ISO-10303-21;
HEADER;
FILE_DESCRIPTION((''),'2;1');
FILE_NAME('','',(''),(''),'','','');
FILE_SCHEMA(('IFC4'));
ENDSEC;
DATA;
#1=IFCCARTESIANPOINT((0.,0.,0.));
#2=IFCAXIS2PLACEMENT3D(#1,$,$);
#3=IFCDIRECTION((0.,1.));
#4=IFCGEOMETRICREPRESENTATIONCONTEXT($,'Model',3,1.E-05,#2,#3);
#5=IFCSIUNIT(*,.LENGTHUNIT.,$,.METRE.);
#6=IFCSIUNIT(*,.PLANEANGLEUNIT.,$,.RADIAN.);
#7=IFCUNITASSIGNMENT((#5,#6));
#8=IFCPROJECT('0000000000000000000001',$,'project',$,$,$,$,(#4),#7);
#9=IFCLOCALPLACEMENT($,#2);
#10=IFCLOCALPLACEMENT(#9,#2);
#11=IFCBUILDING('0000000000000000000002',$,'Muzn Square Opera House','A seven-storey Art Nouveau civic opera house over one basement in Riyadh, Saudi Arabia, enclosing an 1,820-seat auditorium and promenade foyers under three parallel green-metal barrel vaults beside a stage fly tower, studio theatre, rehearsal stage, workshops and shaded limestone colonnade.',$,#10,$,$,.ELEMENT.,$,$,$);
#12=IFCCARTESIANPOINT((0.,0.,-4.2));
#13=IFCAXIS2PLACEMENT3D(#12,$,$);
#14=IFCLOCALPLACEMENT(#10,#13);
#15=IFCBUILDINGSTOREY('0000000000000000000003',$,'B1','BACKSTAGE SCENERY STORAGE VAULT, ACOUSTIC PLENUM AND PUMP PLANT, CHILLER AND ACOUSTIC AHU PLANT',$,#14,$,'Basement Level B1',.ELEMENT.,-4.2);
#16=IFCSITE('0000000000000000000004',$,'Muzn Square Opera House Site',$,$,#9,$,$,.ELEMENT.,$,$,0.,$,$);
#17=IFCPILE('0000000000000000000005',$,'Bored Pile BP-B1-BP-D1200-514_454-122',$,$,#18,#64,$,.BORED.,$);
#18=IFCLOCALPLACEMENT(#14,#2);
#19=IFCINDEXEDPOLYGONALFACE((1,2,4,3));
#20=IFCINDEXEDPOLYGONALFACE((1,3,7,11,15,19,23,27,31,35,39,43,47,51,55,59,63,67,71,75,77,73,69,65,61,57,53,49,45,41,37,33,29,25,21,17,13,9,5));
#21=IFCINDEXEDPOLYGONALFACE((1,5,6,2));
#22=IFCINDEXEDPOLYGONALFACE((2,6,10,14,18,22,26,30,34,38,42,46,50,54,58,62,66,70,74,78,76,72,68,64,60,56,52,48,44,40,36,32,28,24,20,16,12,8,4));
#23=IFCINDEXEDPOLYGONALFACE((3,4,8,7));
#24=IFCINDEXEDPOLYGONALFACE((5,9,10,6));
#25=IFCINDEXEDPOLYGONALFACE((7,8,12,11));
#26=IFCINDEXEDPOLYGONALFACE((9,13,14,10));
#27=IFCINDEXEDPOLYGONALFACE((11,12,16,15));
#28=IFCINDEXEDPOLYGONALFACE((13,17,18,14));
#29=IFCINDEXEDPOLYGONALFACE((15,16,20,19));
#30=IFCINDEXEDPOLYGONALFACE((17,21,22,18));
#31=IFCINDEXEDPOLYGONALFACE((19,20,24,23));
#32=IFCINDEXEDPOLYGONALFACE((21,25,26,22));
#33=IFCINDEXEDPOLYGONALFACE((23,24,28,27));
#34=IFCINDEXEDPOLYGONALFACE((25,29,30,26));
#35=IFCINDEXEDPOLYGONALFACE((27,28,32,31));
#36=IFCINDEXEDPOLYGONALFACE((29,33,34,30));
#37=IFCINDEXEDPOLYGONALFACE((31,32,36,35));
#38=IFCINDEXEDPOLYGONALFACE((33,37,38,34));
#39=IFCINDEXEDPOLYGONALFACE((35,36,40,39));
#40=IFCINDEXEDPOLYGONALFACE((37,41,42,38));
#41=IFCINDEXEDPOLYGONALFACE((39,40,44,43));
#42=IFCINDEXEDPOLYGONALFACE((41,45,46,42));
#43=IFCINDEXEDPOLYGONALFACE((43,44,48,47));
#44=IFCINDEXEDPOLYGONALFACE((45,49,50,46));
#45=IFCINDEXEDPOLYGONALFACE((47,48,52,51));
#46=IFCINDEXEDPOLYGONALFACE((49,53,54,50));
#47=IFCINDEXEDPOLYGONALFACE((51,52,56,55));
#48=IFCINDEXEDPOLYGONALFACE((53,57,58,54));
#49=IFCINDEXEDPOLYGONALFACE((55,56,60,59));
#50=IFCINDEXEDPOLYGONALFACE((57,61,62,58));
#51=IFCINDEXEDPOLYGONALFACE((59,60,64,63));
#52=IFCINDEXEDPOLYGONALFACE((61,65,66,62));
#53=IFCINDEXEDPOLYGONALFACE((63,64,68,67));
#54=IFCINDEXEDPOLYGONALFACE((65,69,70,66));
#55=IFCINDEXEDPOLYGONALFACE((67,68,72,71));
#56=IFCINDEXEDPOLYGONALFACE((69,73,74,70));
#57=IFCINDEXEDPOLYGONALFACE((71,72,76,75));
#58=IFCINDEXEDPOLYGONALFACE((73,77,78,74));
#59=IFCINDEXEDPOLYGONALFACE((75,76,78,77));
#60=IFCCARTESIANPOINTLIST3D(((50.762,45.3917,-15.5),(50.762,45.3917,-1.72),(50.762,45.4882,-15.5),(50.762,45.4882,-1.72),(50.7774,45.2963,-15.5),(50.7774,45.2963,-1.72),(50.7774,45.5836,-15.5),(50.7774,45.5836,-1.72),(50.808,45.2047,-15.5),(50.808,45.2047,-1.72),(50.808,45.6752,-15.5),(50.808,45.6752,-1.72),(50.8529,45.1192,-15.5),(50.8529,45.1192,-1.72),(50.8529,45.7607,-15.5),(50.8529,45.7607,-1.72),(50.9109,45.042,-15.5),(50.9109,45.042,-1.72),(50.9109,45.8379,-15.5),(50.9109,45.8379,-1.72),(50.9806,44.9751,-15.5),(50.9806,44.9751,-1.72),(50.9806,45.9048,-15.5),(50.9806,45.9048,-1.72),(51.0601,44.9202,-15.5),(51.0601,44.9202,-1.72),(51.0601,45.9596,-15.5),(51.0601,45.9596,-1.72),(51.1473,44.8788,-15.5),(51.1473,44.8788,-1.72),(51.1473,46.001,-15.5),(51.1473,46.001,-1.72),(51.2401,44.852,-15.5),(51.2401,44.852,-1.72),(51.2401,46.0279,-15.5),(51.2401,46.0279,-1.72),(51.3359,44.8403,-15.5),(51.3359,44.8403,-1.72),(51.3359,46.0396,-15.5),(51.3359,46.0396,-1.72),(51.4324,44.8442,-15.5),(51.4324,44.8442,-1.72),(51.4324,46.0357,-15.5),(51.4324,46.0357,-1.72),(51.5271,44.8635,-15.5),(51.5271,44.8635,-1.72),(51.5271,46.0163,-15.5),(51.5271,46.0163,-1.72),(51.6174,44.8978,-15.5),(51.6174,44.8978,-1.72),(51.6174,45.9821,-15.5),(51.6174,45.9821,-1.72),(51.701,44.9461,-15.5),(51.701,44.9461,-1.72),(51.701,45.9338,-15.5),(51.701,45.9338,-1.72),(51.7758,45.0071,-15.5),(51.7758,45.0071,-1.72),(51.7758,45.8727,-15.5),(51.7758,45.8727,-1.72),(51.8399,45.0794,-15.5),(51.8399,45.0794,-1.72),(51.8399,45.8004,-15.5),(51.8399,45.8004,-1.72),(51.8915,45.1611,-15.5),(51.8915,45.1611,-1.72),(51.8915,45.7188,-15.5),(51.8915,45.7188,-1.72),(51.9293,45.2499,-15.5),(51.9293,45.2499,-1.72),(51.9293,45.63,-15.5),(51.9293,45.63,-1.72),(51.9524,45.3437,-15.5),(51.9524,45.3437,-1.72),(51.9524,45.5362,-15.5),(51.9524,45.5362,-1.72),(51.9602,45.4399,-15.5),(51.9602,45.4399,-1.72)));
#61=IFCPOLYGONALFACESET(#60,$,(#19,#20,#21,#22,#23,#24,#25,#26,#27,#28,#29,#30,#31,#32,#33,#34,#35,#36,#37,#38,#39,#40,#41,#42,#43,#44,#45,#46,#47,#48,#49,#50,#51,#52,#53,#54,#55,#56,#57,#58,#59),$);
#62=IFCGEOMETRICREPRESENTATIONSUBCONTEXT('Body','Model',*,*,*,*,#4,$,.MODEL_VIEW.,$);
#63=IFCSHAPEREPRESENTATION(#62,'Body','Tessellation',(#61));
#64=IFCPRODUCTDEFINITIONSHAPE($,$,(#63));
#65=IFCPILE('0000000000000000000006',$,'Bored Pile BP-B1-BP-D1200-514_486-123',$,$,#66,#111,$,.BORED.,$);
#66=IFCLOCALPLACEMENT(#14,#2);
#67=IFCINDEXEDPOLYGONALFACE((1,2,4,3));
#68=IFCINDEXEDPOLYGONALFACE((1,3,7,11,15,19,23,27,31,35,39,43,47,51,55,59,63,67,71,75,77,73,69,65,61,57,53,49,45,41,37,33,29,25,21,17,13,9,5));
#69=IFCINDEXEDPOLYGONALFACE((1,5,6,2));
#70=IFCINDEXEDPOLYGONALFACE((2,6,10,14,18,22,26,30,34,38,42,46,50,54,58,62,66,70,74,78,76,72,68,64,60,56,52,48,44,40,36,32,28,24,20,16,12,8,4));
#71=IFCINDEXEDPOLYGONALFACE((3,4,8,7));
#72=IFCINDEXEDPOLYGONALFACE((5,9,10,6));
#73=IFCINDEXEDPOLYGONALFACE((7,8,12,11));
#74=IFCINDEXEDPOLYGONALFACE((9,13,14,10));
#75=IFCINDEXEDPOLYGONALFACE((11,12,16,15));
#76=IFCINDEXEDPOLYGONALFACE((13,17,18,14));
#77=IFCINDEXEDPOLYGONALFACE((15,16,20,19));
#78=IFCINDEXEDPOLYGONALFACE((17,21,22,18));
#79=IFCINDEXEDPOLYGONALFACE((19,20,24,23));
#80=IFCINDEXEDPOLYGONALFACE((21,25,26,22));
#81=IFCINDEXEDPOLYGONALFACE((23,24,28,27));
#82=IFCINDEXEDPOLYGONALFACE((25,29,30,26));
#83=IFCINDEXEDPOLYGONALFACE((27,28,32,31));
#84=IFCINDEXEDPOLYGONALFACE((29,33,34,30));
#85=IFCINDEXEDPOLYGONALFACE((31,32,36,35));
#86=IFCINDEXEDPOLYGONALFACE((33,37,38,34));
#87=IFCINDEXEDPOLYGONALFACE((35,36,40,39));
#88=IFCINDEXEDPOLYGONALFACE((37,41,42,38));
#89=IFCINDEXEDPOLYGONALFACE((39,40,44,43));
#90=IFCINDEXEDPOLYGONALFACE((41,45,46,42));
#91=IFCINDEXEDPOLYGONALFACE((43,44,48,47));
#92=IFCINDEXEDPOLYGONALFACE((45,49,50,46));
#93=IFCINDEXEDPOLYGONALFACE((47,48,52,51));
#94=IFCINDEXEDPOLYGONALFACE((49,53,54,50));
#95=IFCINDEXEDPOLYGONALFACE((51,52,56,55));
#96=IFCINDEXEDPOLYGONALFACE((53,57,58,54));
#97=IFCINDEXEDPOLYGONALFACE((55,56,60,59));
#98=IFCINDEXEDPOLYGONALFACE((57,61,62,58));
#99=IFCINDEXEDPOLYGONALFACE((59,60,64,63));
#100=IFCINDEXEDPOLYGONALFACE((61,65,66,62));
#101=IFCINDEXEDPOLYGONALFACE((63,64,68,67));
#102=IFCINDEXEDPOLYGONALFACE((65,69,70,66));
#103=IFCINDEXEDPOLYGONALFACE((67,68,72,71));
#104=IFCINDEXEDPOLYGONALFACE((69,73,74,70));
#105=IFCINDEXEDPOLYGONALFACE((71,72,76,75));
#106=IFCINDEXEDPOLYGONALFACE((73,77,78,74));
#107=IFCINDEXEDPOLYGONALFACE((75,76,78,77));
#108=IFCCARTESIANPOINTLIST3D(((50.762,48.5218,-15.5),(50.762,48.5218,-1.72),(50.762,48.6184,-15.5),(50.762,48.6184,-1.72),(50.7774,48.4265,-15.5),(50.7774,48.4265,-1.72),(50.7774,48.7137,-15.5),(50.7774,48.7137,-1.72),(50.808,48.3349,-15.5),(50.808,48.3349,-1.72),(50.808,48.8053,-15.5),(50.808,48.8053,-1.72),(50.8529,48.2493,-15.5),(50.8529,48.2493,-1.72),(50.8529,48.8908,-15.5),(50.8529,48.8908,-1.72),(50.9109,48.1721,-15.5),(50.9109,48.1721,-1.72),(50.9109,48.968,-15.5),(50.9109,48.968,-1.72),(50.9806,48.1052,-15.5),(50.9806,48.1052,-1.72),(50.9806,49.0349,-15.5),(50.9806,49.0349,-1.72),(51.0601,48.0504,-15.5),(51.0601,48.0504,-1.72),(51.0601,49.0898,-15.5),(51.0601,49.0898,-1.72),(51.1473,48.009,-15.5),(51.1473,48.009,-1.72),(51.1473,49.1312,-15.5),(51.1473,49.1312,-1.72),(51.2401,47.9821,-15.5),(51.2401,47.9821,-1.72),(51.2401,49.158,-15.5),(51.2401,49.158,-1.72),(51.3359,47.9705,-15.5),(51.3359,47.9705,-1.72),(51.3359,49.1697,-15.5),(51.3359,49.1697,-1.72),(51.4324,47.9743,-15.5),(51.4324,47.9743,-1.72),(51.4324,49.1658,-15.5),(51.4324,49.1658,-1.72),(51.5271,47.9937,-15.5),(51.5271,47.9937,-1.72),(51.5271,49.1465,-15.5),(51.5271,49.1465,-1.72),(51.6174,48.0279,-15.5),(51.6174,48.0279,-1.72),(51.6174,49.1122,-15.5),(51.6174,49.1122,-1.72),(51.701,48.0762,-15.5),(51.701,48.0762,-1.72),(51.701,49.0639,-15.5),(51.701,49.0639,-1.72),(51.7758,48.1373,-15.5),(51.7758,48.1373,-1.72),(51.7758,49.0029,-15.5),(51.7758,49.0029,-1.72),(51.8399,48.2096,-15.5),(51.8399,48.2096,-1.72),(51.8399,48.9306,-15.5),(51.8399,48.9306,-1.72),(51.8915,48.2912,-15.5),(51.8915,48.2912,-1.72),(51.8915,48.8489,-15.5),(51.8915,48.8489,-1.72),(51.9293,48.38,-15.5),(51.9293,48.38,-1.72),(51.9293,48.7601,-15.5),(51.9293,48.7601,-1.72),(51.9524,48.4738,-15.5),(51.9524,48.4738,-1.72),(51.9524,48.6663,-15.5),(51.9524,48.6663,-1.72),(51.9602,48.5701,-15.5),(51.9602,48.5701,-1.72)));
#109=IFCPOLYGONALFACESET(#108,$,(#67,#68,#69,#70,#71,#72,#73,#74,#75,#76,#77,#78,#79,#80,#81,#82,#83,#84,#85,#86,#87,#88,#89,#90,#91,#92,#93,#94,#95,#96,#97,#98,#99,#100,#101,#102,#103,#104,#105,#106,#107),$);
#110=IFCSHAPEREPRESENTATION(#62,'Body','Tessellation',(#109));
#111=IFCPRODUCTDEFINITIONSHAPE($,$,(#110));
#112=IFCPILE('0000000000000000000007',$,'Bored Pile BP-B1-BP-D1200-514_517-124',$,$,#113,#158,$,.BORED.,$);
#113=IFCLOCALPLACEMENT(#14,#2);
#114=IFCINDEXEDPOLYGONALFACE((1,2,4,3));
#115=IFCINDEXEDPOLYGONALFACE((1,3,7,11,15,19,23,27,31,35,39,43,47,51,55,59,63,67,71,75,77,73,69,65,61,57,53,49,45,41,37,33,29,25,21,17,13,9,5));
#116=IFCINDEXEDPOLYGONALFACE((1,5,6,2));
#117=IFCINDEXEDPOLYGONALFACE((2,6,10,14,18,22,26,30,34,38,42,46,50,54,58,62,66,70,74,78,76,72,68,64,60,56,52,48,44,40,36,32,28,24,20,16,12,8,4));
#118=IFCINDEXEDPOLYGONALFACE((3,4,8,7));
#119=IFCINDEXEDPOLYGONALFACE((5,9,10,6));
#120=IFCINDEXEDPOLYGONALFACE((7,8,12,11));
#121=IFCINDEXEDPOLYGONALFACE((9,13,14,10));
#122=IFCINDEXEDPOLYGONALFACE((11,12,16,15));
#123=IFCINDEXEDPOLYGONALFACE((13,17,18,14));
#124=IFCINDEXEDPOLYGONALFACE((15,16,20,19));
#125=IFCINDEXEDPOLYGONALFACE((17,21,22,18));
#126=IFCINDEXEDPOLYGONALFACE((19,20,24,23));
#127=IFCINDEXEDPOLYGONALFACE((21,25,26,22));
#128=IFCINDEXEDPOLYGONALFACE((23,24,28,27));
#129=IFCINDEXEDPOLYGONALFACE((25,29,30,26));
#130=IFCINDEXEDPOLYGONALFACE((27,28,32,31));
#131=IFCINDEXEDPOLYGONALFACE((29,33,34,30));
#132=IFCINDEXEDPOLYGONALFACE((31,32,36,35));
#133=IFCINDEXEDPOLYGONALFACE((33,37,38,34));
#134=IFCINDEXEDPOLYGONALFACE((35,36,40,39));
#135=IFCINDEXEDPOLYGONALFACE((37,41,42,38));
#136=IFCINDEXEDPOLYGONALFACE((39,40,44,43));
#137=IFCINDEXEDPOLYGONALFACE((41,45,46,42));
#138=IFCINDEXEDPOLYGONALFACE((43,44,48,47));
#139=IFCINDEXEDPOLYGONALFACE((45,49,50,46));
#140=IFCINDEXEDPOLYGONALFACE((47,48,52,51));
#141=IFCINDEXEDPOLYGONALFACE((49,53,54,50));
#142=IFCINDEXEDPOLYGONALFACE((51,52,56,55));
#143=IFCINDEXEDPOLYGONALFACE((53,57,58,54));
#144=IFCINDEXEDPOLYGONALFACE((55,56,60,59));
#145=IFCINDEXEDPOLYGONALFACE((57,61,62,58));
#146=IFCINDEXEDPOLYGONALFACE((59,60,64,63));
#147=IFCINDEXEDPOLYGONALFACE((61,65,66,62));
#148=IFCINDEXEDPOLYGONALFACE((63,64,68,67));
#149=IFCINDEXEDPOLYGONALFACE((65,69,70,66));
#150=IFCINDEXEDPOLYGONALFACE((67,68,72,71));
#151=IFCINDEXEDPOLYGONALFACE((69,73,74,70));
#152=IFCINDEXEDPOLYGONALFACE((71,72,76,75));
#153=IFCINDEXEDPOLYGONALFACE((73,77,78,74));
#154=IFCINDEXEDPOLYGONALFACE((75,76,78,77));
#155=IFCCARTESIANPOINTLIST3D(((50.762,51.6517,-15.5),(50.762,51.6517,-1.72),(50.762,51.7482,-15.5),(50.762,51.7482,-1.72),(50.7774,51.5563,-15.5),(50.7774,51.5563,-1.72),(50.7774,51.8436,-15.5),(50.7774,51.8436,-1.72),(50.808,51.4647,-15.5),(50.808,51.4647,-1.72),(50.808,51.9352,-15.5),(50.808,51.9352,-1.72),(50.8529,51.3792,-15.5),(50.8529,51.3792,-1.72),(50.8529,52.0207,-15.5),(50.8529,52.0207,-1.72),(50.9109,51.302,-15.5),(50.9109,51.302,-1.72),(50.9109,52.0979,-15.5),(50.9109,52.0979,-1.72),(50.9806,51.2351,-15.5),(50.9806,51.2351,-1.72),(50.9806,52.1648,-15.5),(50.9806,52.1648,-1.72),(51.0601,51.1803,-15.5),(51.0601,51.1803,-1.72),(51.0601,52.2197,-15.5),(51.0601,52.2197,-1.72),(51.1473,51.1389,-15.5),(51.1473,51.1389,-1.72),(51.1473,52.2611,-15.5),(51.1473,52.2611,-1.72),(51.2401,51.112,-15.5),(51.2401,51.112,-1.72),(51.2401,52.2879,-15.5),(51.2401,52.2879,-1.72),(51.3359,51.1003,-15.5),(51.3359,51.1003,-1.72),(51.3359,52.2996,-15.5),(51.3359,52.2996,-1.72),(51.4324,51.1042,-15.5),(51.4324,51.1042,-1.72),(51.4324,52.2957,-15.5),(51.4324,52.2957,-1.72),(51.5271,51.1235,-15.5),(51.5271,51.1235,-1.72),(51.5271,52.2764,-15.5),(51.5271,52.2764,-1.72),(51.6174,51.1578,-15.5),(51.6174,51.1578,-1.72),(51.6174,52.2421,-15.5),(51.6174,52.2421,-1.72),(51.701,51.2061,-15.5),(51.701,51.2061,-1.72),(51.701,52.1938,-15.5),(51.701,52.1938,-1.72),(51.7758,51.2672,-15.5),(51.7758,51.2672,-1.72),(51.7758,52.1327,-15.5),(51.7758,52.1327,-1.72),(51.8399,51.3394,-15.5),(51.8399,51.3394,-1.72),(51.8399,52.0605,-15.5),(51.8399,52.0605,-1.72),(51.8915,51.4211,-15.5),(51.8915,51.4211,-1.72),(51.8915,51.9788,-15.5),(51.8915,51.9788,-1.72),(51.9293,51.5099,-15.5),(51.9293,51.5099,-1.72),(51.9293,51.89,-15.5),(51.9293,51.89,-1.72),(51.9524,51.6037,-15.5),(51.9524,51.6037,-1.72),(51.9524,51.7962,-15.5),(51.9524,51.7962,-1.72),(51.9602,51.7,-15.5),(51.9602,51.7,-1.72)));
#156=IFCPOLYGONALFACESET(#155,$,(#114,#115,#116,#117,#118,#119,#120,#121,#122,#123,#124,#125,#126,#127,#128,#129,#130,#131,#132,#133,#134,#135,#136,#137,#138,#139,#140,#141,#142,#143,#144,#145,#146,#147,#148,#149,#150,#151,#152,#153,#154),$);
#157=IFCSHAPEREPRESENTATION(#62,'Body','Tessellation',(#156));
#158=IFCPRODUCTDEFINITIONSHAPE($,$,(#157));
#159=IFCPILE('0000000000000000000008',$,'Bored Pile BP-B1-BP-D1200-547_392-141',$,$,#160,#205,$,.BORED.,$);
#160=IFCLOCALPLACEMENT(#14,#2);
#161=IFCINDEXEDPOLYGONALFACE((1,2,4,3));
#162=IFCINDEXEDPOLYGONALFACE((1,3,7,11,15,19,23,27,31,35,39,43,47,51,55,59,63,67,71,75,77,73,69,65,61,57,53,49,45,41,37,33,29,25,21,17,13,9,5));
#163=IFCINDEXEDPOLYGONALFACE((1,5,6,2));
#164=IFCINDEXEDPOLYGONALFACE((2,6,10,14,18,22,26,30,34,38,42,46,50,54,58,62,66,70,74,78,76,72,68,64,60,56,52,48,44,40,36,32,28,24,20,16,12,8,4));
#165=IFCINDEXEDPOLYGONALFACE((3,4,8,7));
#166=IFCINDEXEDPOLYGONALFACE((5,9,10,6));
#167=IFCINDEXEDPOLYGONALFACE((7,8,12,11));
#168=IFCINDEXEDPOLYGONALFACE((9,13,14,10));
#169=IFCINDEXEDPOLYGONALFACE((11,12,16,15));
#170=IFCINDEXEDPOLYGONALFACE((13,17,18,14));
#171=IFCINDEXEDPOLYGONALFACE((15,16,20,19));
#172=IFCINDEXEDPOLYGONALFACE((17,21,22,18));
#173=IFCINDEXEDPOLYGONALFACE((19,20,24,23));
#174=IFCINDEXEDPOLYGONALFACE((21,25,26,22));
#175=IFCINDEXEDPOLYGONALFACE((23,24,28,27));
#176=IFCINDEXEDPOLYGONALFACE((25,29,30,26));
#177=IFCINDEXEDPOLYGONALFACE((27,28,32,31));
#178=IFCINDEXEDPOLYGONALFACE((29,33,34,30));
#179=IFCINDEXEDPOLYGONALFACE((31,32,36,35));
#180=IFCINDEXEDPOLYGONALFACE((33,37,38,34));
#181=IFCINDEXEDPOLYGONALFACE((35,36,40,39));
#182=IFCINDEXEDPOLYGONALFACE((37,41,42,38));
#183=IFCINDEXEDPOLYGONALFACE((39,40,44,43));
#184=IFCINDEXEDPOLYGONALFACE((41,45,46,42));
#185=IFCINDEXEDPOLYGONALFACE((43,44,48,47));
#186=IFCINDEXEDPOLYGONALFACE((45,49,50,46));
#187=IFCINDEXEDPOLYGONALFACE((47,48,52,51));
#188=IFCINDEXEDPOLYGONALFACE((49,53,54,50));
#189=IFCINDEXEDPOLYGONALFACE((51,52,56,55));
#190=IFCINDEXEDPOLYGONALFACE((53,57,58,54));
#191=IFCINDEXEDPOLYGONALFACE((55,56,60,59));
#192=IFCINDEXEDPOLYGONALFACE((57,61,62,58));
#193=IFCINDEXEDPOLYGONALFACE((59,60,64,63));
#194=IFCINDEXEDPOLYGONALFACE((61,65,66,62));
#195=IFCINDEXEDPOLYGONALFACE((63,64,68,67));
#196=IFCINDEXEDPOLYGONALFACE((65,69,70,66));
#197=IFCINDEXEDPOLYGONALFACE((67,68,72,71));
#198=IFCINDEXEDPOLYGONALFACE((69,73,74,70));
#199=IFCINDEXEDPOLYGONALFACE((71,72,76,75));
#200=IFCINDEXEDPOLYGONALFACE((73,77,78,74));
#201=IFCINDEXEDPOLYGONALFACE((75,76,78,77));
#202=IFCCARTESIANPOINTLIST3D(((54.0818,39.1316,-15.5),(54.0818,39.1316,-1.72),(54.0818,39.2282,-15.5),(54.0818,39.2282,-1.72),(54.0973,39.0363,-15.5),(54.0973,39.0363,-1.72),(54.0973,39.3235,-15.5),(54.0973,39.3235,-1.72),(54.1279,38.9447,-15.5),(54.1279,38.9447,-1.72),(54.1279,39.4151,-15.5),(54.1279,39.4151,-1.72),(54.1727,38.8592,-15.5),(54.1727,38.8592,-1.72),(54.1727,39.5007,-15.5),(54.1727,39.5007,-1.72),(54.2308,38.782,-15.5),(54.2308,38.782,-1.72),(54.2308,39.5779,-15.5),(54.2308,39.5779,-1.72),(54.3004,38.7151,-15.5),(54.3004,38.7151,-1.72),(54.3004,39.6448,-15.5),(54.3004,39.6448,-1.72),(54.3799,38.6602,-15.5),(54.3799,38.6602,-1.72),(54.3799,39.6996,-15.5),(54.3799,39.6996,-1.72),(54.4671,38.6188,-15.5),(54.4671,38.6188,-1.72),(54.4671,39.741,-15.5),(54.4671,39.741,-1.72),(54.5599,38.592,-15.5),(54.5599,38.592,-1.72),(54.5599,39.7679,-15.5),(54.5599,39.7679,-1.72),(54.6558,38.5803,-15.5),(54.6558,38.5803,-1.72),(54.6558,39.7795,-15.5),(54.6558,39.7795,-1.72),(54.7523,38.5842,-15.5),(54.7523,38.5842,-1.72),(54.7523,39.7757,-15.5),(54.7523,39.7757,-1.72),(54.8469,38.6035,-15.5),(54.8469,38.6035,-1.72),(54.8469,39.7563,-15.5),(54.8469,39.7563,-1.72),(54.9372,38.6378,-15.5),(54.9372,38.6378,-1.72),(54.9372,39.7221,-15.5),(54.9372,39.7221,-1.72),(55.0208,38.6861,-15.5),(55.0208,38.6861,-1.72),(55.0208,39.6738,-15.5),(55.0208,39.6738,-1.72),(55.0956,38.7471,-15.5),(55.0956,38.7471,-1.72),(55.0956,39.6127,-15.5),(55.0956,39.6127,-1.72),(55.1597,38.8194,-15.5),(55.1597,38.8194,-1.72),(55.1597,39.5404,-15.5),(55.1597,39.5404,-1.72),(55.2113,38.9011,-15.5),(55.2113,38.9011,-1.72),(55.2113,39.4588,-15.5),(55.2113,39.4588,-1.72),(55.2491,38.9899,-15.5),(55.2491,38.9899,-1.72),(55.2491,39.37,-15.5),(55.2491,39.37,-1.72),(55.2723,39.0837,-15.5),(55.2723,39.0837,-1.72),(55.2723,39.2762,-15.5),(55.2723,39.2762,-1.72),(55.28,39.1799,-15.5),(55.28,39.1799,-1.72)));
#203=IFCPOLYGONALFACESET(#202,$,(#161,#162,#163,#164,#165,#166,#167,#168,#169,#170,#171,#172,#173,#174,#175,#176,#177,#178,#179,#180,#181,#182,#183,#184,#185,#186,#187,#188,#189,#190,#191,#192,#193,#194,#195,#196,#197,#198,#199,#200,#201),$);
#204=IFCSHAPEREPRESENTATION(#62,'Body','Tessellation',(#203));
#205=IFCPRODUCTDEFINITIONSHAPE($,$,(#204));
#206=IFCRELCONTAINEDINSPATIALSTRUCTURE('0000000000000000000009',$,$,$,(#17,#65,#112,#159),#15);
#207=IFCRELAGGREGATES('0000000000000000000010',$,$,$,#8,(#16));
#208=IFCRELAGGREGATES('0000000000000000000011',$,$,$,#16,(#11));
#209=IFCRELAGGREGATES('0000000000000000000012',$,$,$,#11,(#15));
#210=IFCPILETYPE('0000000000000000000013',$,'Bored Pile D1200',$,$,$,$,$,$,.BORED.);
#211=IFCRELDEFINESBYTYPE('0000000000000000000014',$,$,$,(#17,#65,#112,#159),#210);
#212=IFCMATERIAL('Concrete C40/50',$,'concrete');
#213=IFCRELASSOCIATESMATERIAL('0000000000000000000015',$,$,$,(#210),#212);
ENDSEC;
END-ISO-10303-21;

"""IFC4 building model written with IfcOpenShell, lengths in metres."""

from ifc_helpers import new_model, si_unit, direction, frame, origin, origin_2d, place, context, subcontext, project, spatial, circle, extrude, material, material_profile, profile_set, type_object, element, save


model = new_model("IFC4")

# Units and contexts
model_context = context("Model", 3, precision=1e-05, world=origin(), true_north=direction((0.0, 1.0)))
body_context = subcontext(model_context, "Body", "Model", "MODEL_VIEW")
ifc_project = project(units=[si_unit("LENGTHUNIT", "METRE"), si_unit("PLANEANGLEUNIT", "RADIAN")], contexts=[model_context])

# Site, building, storey
site_placement = place(None, origin())
site = spatial("IfcSite", under=ifc_project, at=site_placement, Name="Muzn Square Opera House Site", CompositionType="ELEMENT", RefElevation=0.0)
building_placement = place(site_placement, origin())
building = spatial("IfcBuilding", under=site, at=building_placement, Name="Muzn Square Opera House", Description="A seven-storey Art Nouveau civic opera house over one basement in Riyadh, Saudi Arabia, enclosing an 1,820-seat auditorium and promenade foyers under three parallel green-metal barrel vaults beside a stage fly tower, studio theatre, rehearsal stage, workshops and shaded limestone colonnade.", CompositionType="ELEMENT")
storey_placement = place(building_placement, frame((0.0, 0.0, -4.2)))
storey = spatial("IfcBuildingStorey", under=building, at=storey_placement, Name="B1", Description="BACKSTAGE SCENERY STORAGE VAULT, ACOUSTIC PLENUM AND PUMP PLANT, CHILLER AND ACOUSTIC AHU PLANT", LongName="Basement Level B1", CompositionType="ELEMENT", Elevation=-4.2)

# Piles
ifc_material = material(Name="Concrete C40/50", Category="concrete")
ifc_material_profile = material_profile(ifc_material, circle(Radius=0.6001, at=origin_2d()), Name="BORED PILE D1200", Category="concrete")
ifc_profile_set = profile_set([ifc_material_profile], Name="Concrete C40/50")
pile_type = type_object("IfcPileType", Name="Bored Pile D1200", PredefinedType="BORED", material=ifc_profile_set)
for number, where, z_axis, x_axis, name in (
    (1, (51.3601, 45.4399, -1.72), (0.0, 0.0, -1.0), (1.0, 0.0, 0.0), "Bored Pile BP-B1-BP-D1200-514_454-122"),
    (2, (51.3601, 48.5701, -1.72), (0.0, 0.0, -1.0), (1.0, 0.0, 0.0), "Bored Pile BP-B1-BP-D1200-514_486-123"),
    (3, (51.3601, 51.7, -1.72), (0.0, 0.0, -1.0), (1.0, 0.0, 0.0), "Bored Pile BP-B1-BP-D1200-514_517-124"),
    (4, (54.6799, 39.1799, -1.72), (0.0, 0.0, -1.0), (1.0, 0.0, 0.0), "Bored Pile BP-B1-BP-D1200-547_392-141"),
):
    element("IfcPile", number, at=place(storey_placement, frame(where, z_axis=z_axis, x_axis=x_axis)), inside=storey, type_object=pile_type, Name=name, PredefinedType="BORED", context=body_context, shape_type="SweptSolid", body=[
        extrude(circle(Radius=0.6001, at=origin_2d()), origin(), (0.0, 0.0, 1.0), 13.78),
    ])

save(model, "model.ifc")
